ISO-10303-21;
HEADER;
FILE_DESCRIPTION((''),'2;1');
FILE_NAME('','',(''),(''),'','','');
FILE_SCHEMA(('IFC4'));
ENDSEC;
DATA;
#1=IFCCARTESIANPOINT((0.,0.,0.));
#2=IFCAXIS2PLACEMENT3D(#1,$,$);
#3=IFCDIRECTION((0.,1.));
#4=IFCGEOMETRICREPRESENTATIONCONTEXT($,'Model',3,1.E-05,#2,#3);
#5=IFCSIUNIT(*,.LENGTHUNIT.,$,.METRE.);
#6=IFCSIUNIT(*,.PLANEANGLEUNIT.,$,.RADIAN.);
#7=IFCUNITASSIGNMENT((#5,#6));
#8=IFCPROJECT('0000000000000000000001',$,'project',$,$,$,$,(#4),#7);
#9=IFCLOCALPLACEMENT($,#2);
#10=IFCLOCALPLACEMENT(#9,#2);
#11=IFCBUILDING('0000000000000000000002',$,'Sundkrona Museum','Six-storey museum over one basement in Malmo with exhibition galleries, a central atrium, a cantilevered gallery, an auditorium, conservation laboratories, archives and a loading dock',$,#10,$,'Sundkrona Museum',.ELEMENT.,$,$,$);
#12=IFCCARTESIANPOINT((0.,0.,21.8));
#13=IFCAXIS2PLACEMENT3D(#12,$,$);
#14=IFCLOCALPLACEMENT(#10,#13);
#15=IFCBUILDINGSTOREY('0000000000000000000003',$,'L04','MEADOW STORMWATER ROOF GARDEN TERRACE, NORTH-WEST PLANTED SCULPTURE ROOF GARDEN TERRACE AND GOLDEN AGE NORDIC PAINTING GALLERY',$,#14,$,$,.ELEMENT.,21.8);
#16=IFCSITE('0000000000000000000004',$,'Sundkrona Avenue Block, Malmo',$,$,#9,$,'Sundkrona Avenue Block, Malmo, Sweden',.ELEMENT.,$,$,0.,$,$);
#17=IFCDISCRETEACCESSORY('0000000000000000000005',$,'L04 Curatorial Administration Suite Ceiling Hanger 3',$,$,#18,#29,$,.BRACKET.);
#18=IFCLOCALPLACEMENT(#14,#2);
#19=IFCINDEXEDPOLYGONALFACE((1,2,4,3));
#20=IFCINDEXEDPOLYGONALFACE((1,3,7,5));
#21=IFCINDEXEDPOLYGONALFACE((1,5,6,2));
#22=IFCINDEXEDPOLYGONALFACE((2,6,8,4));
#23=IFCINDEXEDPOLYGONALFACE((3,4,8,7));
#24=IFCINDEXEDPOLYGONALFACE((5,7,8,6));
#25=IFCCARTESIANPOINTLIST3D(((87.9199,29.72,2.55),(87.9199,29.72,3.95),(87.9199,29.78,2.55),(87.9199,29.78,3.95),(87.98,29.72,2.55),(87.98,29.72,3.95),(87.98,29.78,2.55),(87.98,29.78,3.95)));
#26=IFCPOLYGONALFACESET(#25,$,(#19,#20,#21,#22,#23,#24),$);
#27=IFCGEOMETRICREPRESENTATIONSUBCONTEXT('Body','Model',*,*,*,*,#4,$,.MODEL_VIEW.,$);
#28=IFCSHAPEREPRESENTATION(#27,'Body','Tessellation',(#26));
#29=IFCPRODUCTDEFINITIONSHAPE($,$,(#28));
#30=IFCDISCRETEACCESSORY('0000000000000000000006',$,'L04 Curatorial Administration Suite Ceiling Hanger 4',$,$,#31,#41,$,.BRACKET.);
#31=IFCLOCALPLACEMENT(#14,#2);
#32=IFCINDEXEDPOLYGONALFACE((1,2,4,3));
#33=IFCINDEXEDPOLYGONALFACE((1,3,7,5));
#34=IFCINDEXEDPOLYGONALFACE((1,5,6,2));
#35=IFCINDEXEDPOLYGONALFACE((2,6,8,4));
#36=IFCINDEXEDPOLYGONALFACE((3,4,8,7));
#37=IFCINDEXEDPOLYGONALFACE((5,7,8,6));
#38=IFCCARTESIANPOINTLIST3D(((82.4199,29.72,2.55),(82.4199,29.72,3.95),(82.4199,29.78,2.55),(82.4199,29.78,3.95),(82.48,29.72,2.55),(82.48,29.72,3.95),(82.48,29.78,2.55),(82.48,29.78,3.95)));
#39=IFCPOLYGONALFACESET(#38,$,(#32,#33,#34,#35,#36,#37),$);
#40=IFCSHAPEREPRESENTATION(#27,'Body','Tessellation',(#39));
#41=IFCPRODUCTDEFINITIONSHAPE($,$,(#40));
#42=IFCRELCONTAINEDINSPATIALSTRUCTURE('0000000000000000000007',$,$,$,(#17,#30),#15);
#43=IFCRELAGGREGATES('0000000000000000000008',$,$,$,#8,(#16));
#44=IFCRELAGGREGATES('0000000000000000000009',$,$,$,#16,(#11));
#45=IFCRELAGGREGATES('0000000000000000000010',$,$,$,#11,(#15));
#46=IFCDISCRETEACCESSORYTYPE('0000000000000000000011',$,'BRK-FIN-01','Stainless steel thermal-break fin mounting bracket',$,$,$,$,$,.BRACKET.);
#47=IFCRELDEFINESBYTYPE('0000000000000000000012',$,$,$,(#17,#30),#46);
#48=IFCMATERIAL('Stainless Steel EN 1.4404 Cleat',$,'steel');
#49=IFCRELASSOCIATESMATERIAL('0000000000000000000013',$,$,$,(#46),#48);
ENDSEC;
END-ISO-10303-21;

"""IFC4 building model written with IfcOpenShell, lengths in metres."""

from ifc_helpers import new_model, si_unit, direction, frame, origin, origin_2d, place, context, subcontext, project, spatial, rectangle, extrude, material, type_object, element, save


model = new_model("IFC4")

# Units and contexts
model_context = context("Model", 3, precision=1e-05, world=origin(), true_north=direction((0.0, 1.0)))
body_context = subcontext(model_context, "Body", "Model", "MODEL_VIEW")
ifc_project = project(units=[si_unit("LENGTHUNIT", "METRE"), si_unit("PLANEANGLEUNIT", "RADIAN")], contexts=[model_context])

# Site, building, storey
site_placement = place(None, origin())
site = spatial("IfcSite", under=ifc_project, at=site_placement, Name="Sundkrona Avenue Block, Malmo", LongName="Sundkrona Avenue Block, Malmo, Sweden", CompositionType="ELEMENT", RefElevation=0.0)
building_placement = place(site_placement, origin())
building = spatial("IfcBuilding", under=site, at=building_placement, Name="Sundkrona Museum", Description="Six-storey museum over one basement in Malmo with exhibition galleries, a central atrium, a cantilevered gallery, an auditorium, conservation laboratories, archives and a loading dock", LongName="Sundkrona Museum", CompositionType="ELEMENT")
storey_placement = place(building_placement, frame((0.0, 0.0, 21.8)))
storey = spatial("IfcBuildingStorey", under=building, at=storey_placement, Name="L04", Description="MEADOW STORMWATER ROOF GARDEN TERRACE, NORTH-WEST PLANTED SCULPTURE ROOF GARDEN TERRACE AND GOLDEN AGE NORDIC PAINTING GALLERY", CompositionType="ELEMENT", Elevation=21.8)

# Discrete accessories
ifc_material_1 = material(Name="Stainless Steel EN 1.4404 Cleat", Category="steel")
discrete_accessory_type = type_object("IfcDiscreteAccessoryType", Name="BRK-FIN-01", Description="Stainless steel thermal-break fin mounting bracket", PredefinedType="BRACKET", material=ifc_material_1)
for number, where, z_axis, x_axis, name in (
    (1, (87.95, 29.75, 2.55), (0.0, 0.0, 1.0), (1.0, 0.0, 0.0), "L04 Curatorial Administration Suite Ceiling Hanger 3"),
    (2, (82.45, 29.75, 2.55), (0.0, 0.0, 1.0), (1.0, 0.0, 0.0), "L04 Curatorial Administration Suite Ceiling Hanger 4"),
):
    element("IfcDiscreteAccessory", number, at=place(storey_placement, frame(where, z_axis=z_axis, x_axis=x_axis)), inside=storey, type_object=discrete_accessory_type, Name=name, PredefinedType="BRACKET", context=body_context, shape_type="SweptSolid", body=[
        extrude(rectangle(XDim=0.0601, YDim=0.0601, at=origin_2d()), origin(), (0.0, 0.0, 1.0), 1.3999),
    ])

save(model, "model.ifc")
